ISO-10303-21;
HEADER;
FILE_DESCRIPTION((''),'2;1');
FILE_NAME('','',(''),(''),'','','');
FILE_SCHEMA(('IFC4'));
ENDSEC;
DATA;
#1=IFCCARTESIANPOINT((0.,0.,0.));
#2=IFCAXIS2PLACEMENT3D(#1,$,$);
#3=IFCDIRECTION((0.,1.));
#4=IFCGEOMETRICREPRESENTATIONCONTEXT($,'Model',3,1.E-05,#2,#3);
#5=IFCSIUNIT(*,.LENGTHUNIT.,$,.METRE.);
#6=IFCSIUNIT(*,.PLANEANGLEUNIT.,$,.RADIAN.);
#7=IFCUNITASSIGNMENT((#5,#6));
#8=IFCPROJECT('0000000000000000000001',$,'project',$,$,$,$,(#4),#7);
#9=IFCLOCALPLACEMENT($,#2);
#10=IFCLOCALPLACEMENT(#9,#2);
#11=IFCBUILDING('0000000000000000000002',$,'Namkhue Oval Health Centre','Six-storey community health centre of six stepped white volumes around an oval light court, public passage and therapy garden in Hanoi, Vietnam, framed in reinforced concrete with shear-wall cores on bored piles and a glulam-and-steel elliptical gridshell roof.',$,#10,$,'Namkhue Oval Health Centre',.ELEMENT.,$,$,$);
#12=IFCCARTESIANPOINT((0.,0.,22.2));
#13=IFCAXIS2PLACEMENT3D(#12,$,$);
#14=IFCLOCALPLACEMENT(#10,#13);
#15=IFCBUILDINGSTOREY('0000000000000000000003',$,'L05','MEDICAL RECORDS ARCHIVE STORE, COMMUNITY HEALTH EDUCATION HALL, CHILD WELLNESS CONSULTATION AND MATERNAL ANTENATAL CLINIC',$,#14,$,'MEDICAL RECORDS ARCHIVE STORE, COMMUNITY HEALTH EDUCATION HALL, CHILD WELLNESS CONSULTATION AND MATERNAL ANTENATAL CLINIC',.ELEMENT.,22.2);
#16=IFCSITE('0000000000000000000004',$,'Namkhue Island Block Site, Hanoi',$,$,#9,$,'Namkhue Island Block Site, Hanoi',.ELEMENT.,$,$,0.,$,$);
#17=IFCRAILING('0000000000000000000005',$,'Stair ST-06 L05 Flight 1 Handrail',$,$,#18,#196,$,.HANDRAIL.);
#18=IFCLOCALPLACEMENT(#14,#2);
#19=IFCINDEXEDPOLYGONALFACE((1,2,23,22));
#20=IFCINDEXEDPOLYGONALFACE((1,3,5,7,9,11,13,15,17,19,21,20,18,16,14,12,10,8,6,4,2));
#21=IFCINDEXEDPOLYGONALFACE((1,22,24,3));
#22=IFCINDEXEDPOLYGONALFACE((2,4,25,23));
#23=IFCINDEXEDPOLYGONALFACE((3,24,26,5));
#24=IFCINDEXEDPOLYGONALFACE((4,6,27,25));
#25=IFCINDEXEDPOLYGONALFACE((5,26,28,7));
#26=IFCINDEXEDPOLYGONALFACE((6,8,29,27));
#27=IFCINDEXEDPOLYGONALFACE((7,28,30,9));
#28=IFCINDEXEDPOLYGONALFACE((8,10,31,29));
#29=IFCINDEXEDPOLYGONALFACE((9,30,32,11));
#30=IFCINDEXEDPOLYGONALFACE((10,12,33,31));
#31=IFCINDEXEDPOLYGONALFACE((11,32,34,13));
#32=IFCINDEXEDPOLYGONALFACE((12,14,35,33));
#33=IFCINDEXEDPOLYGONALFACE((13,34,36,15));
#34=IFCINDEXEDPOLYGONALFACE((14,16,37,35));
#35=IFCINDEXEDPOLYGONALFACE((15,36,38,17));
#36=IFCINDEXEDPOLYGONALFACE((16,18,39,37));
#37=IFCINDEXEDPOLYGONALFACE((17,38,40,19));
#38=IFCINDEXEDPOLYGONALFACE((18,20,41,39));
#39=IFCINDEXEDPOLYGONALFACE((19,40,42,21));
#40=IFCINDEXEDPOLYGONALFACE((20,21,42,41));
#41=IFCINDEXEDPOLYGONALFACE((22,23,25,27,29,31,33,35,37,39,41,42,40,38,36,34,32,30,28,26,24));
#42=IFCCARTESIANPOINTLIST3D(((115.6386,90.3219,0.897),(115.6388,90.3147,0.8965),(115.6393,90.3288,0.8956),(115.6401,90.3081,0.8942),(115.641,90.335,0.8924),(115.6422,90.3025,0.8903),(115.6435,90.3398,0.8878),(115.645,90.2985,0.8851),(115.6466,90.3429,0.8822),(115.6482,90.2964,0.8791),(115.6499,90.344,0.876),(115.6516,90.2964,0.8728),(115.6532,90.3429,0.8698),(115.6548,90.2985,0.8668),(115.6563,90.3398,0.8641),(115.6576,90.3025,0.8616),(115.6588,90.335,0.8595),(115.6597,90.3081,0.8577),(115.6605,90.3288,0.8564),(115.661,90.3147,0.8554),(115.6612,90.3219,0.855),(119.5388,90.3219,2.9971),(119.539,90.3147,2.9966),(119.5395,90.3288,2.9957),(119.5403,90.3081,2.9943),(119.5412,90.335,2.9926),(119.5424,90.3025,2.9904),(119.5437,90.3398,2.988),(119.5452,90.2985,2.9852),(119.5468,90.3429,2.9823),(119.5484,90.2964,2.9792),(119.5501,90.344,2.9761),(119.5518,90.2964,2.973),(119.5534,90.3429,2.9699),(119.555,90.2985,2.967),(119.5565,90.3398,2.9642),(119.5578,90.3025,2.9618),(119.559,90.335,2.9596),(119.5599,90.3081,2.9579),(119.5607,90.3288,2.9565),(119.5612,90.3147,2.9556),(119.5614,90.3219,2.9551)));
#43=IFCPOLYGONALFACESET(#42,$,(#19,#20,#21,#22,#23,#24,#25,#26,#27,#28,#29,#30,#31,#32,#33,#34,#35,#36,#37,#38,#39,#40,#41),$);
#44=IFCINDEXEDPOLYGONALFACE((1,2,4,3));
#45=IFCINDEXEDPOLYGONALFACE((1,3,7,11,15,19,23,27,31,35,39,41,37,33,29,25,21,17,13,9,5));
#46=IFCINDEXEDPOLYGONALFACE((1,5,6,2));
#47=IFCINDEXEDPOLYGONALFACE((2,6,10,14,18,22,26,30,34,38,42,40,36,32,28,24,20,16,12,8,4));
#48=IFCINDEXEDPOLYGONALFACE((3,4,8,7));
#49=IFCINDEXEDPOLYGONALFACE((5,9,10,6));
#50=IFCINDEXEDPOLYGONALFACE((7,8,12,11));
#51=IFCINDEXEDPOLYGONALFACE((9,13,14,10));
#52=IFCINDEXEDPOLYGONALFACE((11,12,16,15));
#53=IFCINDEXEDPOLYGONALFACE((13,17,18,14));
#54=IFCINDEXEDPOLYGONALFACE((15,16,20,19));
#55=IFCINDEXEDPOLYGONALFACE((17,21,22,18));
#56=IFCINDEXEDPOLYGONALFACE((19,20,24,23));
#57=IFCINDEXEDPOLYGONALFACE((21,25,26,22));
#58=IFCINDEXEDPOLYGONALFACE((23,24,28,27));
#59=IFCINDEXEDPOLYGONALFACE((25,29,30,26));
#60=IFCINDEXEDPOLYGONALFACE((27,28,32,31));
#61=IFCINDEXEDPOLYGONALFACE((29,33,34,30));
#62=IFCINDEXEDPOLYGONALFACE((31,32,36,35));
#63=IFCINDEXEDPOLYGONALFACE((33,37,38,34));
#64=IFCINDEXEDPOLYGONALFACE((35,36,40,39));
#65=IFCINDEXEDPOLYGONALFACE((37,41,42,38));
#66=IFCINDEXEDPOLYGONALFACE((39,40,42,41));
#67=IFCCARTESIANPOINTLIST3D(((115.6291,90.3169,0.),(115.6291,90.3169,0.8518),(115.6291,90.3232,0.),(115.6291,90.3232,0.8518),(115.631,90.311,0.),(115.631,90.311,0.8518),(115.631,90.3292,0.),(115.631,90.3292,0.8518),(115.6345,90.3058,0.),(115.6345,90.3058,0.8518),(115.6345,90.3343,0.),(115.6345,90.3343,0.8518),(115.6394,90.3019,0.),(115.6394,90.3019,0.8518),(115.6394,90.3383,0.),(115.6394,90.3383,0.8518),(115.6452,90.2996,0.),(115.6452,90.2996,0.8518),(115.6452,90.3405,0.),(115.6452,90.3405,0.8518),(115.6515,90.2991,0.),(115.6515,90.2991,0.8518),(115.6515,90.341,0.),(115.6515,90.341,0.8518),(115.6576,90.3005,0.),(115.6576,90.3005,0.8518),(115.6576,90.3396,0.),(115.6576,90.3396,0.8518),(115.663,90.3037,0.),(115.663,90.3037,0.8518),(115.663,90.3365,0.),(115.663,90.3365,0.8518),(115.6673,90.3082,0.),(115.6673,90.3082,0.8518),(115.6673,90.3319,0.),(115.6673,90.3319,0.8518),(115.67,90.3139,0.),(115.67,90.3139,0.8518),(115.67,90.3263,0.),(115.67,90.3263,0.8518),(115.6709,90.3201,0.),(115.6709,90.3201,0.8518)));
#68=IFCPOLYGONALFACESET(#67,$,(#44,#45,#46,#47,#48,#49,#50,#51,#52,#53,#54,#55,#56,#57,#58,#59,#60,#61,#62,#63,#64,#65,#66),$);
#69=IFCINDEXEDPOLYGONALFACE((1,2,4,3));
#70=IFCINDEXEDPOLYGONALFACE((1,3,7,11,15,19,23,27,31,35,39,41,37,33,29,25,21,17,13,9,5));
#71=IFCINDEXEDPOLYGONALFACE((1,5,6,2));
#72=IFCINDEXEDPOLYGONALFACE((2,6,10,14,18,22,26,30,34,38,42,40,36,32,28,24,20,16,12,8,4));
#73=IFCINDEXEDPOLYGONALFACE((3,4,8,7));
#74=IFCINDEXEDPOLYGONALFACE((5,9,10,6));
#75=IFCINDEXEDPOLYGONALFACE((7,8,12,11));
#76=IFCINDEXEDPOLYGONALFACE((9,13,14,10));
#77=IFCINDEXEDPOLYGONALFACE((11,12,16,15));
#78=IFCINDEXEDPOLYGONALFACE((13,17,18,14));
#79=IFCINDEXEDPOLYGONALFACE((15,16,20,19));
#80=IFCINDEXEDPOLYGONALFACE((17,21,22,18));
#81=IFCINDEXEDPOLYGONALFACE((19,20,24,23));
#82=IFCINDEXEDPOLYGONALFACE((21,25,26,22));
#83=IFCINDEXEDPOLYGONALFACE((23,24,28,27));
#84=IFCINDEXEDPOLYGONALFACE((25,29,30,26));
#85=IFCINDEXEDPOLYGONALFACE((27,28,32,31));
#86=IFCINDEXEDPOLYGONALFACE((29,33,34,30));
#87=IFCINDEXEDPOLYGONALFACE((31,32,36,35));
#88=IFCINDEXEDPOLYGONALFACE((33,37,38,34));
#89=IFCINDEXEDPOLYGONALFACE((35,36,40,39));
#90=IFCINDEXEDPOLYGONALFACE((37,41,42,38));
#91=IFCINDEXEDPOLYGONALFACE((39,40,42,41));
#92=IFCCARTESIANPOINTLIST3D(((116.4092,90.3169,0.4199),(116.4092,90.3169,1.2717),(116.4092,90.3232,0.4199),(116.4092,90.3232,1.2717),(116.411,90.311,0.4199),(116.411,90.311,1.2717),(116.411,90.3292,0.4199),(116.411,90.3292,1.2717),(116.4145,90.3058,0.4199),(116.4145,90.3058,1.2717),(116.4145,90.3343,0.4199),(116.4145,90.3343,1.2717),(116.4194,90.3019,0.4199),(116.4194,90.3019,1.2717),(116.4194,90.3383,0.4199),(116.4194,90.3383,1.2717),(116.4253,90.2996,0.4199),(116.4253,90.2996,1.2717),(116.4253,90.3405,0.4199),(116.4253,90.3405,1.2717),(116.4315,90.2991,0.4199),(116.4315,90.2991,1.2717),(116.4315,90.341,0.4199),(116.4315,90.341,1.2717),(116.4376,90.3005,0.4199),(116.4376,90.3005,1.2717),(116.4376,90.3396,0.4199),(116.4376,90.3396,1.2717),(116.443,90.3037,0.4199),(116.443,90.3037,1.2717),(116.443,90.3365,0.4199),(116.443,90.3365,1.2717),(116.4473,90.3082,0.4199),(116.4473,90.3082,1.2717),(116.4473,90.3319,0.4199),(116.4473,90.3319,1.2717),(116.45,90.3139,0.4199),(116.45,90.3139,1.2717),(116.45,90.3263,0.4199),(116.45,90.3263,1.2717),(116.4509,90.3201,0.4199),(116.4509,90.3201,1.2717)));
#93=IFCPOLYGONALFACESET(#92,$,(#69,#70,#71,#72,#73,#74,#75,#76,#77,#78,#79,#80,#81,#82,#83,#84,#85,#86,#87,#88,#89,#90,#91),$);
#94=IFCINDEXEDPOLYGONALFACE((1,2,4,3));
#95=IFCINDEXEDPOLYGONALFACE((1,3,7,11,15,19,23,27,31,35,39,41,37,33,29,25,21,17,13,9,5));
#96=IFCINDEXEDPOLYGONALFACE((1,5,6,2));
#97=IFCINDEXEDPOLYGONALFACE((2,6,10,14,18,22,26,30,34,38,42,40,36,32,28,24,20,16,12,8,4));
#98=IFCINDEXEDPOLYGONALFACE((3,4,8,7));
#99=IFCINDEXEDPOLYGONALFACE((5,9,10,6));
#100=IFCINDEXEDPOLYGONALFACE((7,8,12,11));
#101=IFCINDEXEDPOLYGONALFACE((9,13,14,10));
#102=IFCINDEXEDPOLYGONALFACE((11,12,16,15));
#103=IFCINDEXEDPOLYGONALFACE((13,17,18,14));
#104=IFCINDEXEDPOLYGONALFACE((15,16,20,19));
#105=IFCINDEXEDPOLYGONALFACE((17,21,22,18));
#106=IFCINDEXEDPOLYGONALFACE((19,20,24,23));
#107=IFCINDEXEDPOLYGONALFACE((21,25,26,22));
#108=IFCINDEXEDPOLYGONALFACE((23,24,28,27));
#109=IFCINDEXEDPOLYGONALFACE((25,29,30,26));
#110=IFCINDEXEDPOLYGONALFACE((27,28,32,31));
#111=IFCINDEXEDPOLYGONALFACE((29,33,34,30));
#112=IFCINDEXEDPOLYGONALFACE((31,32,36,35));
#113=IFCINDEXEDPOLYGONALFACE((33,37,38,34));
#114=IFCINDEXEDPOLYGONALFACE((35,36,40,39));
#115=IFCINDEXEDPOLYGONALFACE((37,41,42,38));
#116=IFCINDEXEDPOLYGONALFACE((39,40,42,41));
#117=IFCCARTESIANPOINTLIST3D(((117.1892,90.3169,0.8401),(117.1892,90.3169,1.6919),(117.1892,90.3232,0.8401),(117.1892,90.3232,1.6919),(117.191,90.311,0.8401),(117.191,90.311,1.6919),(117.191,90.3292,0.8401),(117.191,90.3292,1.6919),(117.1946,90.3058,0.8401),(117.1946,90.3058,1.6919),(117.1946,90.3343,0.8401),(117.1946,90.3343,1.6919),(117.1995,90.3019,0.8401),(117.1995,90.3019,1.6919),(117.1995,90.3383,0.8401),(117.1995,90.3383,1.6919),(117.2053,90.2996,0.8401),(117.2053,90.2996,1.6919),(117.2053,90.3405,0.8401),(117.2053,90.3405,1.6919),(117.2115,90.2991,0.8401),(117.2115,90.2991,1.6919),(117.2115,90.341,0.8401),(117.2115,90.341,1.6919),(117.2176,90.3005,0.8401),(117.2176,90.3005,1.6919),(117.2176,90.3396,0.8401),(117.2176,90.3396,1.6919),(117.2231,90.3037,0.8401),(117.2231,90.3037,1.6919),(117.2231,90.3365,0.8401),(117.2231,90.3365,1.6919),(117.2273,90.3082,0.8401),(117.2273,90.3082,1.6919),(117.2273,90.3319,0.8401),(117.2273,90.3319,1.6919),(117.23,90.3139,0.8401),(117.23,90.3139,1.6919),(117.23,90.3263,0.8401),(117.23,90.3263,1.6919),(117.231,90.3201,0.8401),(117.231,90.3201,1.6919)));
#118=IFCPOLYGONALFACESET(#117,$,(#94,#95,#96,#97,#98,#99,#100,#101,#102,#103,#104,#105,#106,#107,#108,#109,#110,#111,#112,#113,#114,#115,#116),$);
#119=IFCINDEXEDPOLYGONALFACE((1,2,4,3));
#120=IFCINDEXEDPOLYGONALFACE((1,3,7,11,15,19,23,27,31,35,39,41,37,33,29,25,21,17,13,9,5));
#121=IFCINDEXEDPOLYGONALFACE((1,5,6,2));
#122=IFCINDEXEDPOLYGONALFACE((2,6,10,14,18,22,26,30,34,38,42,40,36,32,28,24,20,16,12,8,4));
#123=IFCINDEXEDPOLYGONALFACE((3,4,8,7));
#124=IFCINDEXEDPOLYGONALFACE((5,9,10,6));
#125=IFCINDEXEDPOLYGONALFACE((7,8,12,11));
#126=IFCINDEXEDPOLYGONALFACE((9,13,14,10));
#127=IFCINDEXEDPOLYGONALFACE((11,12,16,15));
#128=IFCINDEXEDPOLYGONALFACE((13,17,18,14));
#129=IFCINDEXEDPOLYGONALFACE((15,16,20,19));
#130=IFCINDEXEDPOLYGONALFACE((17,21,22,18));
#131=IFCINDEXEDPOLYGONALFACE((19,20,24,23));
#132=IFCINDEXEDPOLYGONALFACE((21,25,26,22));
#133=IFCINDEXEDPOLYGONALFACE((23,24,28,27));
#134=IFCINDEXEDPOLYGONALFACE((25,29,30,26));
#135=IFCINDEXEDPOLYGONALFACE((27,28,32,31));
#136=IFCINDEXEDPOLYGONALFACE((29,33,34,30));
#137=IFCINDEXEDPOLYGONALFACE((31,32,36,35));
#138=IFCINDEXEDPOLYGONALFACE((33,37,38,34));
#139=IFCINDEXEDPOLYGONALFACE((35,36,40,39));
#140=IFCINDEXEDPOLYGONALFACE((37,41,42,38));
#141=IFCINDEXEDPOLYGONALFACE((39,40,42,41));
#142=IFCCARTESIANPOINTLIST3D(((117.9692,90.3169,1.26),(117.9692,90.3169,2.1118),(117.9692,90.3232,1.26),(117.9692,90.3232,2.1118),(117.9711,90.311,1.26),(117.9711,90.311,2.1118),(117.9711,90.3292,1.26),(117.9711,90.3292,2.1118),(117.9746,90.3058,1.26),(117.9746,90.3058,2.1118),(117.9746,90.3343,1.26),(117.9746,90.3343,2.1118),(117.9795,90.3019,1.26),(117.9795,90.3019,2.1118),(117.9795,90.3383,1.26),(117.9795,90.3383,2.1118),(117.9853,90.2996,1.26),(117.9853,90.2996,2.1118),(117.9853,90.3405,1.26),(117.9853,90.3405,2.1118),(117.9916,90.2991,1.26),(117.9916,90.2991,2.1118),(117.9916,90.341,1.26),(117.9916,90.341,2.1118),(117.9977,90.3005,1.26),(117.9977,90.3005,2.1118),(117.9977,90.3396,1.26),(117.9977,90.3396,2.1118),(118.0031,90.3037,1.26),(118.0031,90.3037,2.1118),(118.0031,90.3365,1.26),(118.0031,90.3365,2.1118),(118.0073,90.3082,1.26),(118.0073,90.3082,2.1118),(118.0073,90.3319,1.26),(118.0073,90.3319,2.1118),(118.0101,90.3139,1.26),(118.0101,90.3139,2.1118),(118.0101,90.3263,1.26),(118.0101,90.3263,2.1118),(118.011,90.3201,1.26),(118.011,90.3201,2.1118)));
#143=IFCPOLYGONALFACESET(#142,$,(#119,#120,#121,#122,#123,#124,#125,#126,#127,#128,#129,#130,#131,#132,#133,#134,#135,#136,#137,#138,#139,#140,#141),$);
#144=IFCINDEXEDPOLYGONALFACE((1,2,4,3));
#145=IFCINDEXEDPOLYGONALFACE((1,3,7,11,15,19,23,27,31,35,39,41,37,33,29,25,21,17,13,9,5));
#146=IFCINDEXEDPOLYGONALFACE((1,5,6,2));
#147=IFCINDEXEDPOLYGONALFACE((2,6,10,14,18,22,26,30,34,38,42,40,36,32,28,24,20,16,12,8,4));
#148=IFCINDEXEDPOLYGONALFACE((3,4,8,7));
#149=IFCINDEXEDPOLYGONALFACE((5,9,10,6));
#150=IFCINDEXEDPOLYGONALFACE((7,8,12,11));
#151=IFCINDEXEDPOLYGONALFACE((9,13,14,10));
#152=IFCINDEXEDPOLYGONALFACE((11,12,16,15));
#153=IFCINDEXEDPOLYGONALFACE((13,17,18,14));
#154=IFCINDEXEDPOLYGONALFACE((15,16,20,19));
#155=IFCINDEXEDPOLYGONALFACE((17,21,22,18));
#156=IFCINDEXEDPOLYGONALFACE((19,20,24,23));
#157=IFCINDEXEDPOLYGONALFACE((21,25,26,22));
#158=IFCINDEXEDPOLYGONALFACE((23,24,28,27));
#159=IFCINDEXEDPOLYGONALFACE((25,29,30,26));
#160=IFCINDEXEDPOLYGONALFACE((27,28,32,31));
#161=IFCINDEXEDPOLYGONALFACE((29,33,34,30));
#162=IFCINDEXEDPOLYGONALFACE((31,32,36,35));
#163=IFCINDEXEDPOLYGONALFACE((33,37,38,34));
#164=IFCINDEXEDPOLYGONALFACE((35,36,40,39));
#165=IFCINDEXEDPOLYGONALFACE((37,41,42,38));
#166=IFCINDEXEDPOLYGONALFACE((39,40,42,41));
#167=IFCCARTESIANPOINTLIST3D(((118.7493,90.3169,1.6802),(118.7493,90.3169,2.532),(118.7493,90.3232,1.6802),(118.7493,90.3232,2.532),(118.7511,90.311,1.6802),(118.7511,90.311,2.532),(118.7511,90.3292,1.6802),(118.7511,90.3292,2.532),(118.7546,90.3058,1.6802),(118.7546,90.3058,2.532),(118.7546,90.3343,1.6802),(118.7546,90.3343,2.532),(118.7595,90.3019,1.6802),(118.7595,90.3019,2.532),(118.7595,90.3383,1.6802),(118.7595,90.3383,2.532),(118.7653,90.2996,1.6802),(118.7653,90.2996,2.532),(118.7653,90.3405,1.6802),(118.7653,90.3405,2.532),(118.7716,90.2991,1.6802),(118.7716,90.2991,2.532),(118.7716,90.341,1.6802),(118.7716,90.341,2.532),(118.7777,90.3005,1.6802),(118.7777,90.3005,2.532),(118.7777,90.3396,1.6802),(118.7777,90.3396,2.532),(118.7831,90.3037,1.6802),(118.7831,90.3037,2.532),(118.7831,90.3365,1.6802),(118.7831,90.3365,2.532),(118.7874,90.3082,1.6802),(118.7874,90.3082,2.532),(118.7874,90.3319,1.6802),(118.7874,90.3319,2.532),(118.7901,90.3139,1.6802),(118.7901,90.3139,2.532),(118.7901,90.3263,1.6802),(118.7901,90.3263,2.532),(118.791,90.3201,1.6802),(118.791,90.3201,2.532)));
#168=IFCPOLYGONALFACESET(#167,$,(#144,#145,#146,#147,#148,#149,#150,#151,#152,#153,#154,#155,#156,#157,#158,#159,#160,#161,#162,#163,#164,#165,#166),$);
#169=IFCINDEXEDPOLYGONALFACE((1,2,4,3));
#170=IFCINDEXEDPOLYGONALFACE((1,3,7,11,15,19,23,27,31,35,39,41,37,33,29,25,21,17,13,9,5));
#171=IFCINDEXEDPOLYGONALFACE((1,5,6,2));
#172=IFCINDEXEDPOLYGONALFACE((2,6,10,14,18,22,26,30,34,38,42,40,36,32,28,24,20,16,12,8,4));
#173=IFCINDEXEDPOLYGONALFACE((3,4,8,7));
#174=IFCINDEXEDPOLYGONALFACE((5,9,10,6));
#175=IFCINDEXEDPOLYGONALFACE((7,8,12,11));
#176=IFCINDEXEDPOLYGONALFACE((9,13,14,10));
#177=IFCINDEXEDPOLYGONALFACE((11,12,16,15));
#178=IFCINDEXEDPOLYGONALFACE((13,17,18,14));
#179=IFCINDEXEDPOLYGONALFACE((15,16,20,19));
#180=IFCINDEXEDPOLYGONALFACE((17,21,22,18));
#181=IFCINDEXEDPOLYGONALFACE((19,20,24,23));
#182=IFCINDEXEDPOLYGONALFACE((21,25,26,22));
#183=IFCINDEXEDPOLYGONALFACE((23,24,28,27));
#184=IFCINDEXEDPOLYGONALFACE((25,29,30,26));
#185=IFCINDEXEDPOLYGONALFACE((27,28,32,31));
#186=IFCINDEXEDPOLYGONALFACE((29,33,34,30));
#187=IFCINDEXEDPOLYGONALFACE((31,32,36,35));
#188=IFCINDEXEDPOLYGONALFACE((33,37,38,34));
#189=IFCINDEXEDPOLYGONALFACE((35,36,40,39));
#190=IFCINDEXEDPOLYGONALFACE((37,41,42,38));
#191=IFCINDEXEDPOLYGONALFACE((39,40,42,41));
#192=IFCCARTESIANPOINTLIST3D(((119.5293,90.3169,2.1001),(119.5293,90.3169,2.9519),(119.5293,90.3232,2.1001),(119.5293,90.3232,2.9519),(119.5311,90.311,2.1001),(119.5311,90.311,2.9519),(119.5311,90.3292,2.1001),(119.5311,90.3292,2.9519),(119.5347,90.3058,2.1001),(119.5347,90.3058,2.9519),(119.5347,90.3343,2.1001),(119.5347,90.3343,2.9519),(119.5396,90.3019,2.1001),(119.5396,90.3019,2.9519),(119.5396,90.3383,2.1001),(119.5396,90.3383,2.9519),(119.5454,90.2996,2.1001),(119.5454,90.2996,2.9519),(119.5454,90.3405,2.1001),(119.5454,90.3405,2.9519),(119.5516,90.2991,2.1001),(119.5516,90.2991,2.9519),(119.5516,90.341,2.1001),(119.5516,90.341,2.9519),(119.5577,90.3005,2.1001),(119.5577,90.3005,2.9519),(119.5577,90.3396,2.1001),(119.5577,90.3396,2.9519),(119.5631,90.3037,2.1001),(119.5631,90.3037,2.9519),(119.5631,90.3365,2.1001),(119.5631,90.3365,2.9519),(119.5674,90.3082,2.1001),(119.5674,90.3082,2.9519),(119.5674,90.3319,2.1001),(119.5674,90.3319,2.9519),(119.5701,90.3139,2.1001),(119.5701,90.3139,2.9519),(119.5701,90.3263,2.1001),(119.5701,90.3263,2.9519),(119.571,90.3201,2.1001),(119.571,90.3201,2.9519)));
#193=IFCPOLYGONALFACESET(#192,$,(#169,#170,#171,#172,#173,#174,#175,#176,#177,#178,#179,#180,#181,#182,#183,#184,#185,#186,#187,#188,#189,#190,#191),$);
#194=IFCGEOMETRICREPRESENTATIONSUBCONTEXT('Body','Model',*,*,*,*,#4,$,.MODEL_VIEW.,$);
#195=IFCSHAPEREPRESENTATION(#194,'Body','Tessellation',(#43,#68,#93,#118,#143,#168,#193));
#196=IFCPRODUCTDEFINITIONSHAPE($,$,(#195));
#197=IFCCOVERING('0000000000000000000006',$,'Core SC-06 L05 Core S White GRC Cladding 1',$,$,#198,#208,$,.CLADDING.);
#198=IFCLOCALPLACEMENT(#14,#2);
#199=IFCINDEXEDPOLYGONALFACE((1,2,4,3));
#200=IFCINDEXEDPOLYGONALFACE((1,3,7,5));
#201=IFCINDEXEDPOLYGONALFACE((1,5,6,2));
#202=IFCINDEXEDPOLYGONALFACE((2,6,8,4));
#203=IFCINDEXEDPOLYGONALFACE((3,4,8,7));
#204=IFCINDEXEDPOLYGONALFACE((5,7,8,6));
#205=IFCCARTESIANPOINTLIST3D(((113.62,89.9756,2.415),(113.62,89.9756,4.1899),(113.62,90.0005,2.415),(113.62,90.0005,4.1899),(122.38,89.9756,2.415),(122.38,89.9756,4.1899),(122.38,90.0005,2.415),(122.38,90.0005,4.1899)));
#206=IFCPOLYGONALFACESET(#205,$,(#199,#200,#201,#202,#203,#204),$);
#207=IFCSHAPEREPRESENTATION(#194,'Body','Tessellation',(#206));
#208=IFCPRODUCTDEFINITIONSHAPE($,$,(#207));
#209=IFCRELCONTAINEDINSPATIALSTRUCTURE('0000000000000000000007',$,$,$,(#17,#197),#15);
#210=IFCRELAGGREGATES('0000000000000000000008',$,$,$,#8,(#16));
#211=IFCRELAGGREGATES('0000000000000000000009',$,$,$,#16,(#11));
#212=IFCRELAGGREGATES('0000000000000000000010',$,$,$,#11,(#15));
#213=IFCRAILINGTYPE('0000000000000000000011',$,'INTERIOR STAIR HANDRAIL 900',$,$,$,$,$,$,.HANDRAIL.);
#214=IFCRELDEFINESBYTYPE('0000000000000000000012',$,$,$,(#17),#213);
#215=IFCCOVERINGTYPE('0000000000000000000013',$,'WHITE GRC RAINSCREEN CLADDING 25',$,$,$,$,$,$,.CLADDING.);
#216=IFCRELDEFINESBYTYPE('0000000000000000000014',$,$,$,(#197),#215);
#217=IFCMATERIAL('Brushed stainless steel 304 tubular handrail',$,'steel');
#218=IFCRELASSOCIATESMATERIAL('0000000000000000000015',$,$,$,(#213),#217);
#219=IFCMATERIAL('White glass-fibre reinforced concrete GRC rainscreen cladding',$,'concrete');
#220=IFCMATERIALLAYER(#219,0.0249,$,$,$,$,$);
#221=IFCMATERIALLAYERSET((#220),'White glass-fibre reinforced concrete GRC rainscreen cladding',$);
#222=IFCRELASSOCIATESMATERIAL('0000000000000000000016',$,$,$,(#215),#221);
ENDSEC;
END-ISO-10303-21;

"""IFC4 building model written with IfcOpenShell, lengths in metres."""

from ifc_helpers import new_model, si_unit, direction, frame, origin, origin_2d, place, context, subcontext, project, spatial, rectangle, circle, extrude, material, layer, layer_set, type_object, element, save


model = new_model("IFC4")

# Units and contexts
model_context = context("Model", 3, precision=1e-05, world=origin(), true_north=direction((0.0, 1.0)))
body_context = subcontext(model_context, "Body", "Model", "MODEL_VIEW")
ifc_project = project(units=[si_unit("LENGTHUNIT", "METRE"), si_unit("PLANEANGLEUNIT", "RADIAN")], contexts=[model_context])

# Site, building, storey
site_placement = place(None, origin())
site = spatial("IfcSite", under=ifc_project, at=site_placement, Name="Namkhue Island Block Site, Hanoi", LongName="Namkhue Island Block Site, Hanoi", CompositionType="ELEMENT", RefElevation=0.0)
building_placement = place(site_placement, origin())
building = spatial("IfcBuilding", under=site, at=building_placement, Name="Namkhue Oval Health Centre", Description="Six-storey community health centre of six stepped white volumes around an oval light court, public passage and therapy garden in Hanoi, Vietnam, framed in reinforced concrete with shear-wall cores on bored piles and a glulam-and-steel elliptical gridshell roof.", LongName="Namkhue Oval Health Centre", CompositionType="ELEMENT")
storey_placement = place(building_placement, frame((0.0, 0.0, 22.2)))
storey = spatial("IfcBuildingStorey", under=building, at=storey_placement, Name="L05", Description="MEDICAL RECORDS ARCHIVE STORE, COMMUNITY HEALTH EDUCATION HALL, CHILD WELLNESS CONSULTATION AND MATERNAL ANTENATAL CLINIC", LongName="MEDICAL RECORDS ARCHIVE STORE, COMMUNITY HEALTH EDUCATION HALL, CHILD WELLNESS CONSULTATION AND MATERNAL ANTENATAL CLINIC", CompositionType="ELEMENT", Elevation=22.2)

# Railing
ifc_material_1 = material(Name="Brushed stainless steel 304 tubular handrail", Category="steel")
railing_type_1 = type_object("IfcRailingType", Name="INTERIOR STAIR HANDRAIL 900", PredefinedType="HANDRAIL", material=ifc_material_1)
railing_1_placement = place(storey_placement, frame((115.6499, 90.3201, 0.0)))
element("IfcRailing", 1, at=railing_1_placement, inside=storey, type_object=railing_type_1, Name="Stair ST-06 L05 Flight 1 Handrail", PredefinedType="HANDRAIL", context=body_context, shape_type="SweptSolid", body=[
    extrude(circle(Radius=0.0239, at=origin_2d()), frame((0.0, 0.0, 0.876), z_axis=(0.880469, 0.0, 0.474103), x_axis=(0.0, 1.0, 0.0)), (0.0, 0.0, 1.0), 4.4297),
    extrude(circle(Radius=0.021, at=origin_2d()), origin(), (0.0, 0.0, 1.0), 0.8518),
    extrude(circle(Radius=0.021, at=origin_2d()), frame((0.78, 0.0, 0.4199)), (0.0, 0.0, 1.0), 0.8518),
    extrude(circle(Radius=0.021, at=origin_2d()), frame((1.5601, 0.0, 0.8401)), (0.0, 0.0, 1.0), 0.8518),
    extrude(circle(Radius=0.021, at=origin_2d()), frame((2.3401, 0.0, 1.26)), (0.0, 0.0, 1.0), 0.8518),
    extrude(circle(Radius=0.021, at=origin_2d()), frame((3.1201, 0.0, 1.6802)), (0.0, 0.0, 1.0), 0.8518),
    extrude(circle(Radius=0.021, at=origin_2d()), frame((3.9001, 0.0, 2.1001)), (0.0, 0.0, 1.0), 0.8518),
])

# Covering
ifc_material_2 = material(Name="White glass-fibre reinforced concrete GRC rainscreen cladding", Category="concrete")
ifc_layer_1 = layer(ifc_material_2, 0.0249)
ifc_layer_set_1 = layer_set([ifc_layer_1], Name="White glass-fibre reinforced concrete GRC rainscreen cladding")
covering_type = type_object("IfcCoveringType", Name="WHITE GRC RAINSCREEN CLADDING 25", PredefinedType="CLADDING", material=ifc_layer_set_1)
covering_1_placement = place(storey_placement, frame((118.0, 89.988, 2.415), z_axis=(0.0, 0.0, 1.0), x_axis=(1.0, 0.0, 0.0)))
element("IfcCovering", 2, at=covering_1_placement, inside=storey, type_object=covering_type, Name="Core SC-06 L05 Core S White GRC Cladding 1", PredefinedType="CLADDING", context=body_context, shape_type="SweptSolid", body=[
    extrude(rectangle(XDim=8.76, YDim=0.0249, at=origin_2d()), origin(), (0.0, 0.0, 1.0), 1.7749),
])

save(model, "model.ifc")
